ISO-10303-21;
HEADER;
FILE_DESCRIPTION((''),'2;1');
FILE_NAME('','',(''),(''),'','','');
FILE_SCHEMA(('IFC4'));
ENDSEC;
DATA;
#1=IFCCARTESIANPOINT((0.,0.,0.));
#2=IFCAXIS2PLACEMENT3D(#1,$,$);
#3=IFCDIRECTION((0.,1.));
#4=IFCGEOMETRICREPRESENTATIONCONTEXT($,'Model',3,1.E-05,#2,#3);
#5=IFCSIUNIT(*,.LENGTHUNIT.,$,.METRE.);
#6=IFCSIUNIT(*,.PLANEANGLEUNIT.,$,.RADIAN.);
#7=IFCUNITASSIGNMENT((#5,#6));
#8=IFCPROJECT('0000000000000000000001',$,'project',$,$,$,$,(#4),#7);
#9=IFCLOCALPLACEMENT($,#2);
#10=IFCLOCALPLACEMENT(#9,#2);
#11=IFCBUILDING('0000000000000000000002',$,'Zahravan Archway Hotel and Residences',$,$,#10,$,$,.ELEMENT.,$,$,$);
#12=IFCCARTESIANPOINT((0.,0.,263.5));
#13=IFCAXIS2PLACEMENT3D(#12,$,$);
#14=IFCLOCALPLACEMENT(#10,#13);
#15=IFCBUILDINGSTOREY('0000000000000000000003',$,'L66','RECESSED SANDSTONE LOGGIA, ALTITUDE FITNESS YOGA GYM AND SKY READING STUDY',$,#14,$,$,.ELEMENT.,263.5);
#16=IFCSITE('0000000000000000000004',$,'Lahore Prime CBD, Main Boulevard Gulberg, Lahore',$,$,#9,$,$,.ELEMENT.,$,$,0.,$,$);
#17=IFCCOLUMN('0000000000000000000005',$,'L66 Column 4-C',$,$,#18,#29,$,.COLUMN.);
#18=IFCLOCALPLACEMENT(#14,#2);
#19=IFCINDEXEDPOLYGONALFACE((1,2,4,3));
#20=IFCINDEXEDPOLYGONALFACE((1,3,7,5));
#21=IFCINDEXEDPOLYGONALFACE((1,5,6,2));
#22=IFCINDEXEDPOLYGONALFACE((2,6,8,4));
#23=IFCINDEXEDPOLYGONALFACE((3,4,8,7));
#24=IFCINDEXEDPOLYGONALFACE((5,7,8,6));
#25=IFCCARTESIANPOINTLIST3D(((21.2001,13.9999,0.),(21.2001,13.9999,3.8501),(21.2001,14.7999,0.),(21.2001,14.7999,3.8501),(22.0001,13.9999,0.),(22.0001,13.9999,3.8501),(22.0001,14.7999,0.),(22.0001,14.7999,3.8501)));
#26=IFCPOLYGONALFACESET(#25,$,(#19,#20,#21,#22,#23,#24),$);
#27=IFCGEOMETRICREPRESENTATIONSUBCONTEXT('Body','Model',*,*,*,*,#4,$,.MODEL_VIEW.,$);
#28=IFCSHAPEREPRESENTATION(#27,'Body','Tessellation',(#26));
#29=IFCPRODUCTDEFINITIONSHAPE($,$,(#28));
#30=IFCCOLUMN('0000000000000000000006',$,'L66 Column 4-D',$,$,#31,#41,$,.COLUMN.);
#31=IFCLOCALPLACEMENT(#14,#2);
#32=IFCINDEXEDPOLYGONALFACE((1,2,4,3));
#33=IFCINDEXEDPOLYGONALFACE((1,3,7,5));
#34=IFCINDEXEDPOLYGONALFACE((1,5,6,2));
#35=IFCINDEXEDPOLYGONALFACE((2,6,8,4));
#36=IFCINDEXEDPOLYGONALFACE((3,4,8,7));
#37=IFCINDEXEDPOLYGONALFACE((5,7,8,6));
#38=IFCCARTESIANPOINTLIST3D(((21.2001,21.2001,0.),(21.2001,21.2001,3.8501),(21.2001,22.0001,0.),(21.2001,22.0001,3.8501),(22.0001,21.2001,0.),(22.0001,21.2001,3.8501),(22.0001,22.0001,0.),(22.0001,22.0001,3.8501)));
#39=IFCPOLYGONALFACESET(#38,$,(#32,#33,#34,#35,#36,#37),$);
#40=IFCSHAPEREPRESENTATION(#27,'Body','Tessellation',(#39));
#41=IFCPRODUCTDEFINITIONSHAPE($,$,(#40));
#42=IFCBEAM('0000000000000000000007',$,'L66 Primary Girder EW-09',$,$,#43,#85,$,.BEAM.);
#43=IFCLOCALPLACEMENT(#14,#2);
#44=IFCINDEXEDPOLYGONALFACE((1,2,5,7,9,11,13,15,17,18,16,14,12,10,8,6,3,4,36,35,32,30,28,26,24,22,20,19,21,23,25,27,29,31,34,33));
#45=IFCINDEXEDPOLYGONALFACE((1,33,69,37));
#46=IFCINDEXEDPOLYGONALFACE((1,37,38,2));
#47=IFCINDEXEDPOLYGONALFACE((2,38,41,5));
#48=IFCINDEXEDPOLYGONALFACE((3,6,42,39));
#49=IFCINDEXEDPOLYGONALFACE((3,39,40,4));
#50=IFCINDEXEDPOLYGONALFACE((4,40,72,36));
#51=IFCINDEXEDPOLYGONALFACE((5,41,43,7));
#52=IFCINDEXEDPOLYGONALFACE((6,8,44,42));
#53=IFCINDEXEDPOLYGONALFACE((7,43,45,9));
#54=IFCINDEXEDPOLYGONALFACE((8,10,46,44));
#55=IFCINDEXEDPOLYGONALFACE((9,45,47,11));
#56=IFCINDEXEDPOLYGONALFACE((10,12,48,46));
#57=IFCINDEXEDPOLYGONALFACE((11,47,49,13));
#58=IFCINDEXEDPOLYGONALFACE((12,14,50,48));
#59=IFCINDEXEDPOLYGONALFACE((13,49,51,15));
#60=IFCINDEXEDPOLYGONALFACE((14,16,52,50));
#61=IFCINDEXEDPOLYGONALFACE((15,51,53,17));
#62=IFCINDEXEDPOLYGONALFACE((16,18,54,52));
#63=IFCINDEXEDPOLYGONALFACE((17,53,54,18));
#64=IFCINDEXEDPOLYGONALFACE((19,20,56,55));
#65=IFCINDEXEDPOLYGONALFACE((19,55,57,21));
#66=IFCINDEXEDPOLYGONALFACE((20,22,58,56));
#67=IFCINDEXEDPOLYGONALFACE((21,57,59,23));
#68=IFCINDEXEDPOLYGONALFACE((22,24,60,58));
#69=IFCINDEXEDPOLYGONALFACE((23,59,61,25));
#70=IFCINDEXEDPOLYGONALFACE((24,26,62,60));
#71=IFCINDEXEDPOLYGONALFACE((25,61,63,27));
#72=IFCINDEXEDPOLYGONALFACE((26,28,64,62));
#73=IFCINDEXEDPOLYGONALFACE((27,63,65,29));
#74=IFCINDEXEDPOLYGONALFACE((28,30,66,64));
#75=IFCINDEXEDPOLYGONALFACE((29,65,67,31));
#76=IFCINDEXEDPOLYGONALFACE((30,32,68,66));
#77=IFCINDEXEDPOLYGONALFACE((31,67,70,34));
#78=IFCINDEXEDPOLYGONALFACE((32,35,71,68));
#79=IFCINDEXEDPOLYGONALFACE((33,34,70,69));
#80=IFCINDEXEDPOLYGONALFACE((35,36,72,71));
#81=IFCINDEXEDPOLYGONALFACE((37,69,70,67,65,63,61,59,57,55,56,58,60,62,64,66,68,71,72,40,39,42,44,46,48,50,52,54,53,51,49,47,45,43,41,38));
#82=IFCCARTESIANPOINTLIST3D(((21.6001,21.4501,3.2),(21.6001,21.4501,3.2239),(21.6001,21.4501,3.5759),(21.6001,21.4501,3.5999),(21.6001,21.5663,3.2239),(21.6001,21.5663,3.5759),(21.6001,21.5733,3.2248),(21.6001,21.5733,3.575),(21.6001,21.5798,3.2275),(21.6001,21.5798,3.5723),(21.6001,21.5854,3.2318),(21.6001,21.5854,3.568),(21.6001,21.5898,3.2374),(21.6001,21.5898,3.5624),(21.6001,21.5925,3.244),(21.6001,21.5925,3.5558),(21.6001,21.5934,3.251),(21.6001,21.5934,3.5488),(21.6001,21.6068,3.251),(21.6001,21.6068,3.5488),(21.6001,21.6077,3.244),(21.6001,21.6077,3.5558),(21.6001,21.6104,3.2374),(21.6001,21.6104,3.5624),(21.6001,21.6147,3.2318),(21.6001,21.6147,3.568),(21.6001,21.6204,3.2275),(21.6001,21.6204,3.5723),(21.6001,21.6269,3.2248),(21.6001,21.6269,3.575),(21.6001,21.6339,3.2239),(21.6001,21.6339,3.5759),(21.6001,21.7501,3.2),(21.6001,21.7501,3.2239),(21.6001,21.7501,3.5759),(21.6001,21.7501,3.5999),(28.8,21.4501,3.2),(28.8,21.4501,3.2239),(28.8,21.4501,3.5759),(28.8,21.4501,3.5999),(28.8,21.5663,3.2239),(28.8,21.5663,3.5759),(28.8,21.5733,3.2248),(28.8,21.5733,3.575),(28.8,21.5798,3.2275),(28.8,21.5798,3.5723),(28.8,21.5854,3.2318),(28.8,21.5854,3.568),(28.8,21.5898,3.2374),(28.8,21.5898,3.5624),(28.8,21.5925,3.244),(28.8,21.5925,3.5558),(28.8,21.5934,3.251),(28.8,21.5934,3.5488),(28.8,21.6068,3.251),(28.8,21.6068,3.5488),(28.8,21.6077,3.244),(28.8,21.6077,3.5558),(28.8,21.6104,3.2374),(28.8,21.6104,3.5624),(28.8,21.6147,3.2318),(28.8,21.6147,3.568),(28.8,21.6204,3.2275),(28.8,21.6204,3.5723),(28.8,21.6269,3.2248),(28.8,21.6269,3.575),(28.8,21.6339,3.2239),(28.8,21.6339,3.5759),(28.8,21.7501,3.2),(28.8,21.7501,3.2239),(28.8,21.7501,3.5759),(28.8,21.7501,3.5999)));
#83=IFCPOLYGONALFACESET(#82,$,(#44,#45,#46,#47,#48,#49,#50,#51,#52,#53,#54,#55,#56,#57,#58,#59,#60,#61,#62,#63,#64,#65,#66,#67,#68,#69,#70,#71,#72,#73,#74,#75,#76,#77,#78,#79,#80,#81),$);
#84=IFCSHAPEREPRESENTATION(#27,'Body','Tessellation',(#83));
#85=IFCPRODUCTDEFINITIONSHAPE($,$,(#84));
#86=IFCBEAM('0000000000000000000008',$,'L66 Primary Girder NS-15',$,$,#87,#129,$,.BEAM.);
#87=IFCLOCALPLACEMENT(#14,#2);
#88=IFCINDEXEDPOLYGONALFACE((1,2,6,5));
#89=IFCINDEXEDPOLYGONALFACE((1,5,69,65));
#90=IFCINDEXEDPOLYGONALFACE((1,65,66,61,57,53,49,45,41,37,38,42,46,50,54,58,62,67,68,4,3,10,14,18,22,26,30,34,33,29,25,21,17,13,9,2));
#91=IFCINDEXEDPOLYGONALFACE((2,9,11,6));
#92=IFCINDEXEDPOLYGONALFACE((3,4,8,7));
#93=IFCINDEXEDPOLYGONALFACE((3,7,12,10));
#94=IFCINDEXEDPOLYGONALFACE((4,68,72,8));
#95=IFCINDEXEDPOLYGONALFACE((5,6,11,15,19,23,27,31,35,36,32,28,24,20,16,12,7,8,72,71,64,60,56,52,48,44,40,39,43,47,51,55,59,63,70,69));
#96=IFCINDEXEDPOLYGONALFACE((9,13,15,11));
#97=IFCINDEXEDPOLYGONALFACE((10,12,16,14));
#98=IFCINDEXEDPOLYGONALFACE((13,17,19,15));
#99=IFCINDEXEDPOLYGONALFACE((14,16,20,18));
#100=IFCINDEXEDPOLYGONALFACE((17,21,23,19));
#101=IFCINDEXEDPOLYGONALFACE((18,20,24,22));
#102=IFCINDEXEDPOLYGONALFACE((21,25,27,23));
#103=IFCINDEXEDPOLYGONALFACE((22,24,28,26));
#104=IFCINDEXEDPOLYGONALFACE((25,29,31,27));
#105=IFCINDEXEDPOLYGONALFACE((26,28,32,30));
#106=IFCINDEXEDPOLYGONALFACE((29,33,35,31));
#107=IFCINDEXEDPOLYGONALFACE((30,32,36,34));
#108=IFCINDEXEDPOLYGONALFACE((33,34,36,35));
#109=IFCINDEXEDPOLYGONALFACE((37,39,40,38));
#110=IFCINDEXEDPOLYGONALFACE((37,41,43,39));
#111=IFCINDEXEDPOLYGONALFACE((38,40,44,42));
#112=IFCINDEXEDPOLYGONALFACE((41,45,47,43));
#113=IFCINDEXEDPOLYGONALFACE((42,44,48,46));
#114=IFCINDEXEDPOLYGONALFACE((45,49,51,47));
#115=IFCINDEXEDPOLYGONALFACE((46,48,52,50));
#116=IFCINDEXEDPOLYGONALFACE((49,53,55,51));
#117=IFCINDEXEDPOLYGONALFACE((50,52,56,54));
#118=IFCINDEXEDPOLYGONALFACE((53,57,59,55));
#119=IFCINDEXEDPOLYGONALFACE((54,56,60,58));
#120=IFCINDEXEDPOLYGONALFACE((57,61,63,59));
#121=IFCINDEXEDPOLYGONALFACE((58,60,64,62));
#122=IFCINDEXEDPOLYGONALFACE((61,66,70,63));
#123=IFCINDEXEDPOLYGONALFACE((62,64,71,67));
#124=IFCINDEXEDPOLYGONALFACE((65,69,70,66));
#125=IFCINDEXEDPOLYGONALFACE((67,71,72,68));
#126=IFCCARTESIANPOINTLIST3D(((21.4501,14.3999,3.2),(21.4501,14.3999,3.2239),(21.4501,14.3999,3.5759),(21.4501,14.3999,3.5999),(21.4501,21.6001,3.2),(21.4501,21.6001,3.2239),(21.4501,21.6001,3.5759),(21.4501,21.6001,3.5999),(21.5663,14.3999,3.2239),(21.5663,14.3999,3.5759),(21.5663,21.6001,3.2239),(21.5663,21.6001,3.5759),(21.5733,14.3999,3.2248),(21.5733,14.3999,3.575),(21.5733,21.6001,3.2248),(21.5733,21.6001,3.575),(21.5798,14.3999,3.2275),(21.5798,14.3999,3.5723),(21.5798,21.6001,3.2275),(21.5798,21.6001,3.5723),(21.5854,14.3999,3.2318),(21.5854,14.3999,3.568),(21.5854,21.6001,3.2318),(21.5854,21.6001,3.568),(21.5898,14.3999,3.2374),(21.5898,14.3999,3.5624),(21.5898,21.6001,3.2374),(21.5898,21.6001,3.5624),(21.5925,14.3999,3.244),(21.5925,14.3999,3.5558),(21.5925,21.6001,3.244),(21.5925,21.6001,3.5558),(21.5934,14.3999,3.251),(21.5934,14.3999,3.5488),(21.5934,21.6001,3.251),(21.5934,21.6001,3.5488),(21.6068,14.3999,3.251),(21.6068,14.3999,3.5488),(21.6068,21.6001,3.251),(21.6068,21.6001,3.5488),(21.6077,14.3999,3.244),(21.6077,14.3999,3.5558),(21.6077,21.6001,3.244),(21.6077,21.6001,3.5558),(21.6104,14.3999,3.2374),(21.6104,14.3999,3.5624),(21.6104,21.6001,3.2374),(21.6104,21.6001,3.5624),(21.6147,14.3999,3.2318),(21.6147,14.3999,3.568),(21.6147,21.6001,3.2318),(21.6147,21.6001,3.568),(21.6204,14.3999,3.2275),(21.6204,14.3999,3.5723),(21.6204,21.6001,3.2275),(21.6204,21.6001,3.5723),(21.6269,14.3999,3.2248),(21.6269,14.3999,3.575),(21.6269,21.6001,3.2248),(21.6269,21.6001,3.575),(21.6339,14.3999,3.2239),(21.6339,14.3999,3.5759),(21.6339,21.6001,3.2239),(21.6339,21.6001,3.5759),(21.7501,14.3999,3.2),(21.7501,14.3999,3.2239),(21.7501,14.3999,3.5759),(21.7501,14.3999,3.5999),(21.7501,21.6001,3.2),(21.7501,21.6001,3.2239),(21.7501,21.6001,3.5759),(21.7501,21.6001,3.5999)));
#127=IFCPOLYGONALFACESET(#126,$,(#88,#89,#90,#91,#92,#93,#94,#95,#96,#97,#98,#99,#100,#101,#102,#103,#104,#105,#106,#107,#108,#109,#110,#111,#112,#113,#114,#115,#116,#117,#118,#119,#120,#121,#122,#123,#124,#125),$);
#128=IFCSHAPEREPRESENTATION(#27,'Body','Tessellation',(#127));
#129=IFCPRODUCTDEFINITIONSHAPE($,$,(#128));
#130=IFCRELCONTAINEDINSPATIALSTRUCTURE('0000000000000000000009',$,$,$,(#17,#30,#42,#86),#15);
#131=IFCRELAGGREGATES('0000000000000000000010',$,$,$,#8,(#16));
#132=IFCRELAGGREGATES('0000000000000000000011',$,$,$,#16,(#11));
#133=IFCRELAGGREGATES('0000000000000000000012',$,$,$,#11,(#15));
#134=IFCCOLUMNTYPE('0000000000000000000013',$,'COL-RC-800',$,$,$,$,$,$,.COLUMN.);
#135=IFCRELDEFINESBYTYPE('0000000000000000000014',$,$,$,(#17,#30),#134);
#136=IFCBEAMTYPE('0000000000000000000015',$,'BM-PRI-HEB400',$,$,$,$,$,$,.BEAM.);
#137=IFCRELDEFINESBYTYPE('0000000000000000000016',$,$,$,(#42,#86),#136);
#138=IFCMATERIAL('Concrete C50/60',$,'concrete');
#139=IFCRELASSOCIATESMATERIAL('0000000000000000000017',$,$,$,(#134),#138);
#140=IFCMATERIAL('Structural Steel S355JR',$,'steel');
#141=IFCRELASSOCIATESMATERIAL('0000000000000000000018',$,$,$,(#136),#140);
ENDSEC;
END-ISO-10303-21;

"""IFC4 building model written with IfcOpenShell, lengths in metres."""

from ifc_helpers import new_model, si_unit, direction, frame, origin, origin_2d, place, context, subcontext, project, spatial, rectangle, i_section, extrude, source, transform, mapped, material, material_profile, profile_set, type_object, type_shapes, element, save


model = new_model("IFC4")

# Units and contexts
model_context = context("Model", 3, precision=1e-05, world=origin(), true_north=direction((0.0, 1.0)))
body_context = subcontext(model_context, "Body", "Model", "MODEL_VIEW")
ifc_project = project(units=[si_unit("LENGTHUNIT", "METRE"), si_unit("PLANEANGLEUNIT", "RADIAN")], contexts=[model_context])

# Site, building, storey
site_placement = place(None, origin())
site = spatial("IfcSite", under=ifc_project, at=site_placement, Name="Lahore Prime CBD, Main Boulevard Gulberg, Lahore", CompositionType="ELEMENT", RefElevation=0.0)
building_placement = place(site_placement, origin())
building = spatial("IfcBuilding", under=site, at=building_placement, Name="Zahravan Archway Hotel and Residences", CompositionType="ELEMENT")
storey_placement = place(building_placement, frame((0.0, 0.0, 263.5)))
storey = spatial("IfcBuildingStorey", under=building, at=storey_placement, Name="L66", Description="RECESSED SANDSTONE LOGGIA, ALTITUDE FITNESS YOGA GYM AND SKY READING STUDY", CompositionType="ELEMENT", Elevation=263.5)

# Columns
ifc_material_1 = material(Name="Concrete C50/60", Category="concrete")
ifc_material_profile_1 = material_profile(ifc_material_1, rectangle(XDim=0.8, YDim=0.8, at=origin_2d()), Name="RC-COL-800x800", Category="concrete")
ifc_profile_set_1 = profile_set([ifc_material_profile_1], Name="Concrete C50/60")
column_type = type_object("IfcColumnType", Name="COL-RC-800", PredefinedType="COLUMN", material=ifc_profile_set_1)
shared_shape_1 = source(origin(), body_context, "Body", "SweptSolid", [
    extrude(rectangle(XDim=0.8, YDim=0.8, at=origin_2d()), origin(), (0.0, 0.0, 1.0), 3.8501),
])
for number, where, z_axis, x_axis, name in (
    (1, (21.6001, 14.3999, 0.0), (0.0, 0.0, 1.0), (1.0, 0.0, 0.0), "L66 Column 4-C"),
    (2, (21.6001, 21.6001, 0.0), (0.0, 0.0, 1.0), (1.0, 0.0, 0.0), "L66 Column 4-D"),
):
    element("IfcColumn", number, at=place(storey_placement, frame(where, z_axis=z_axis, x_axis=x_axis)), inside=storey, type_object=column_type, Name=name, PredefinedType="COLUMN", context=body_context, shape_type="MappedRepresentation", body=[
        mapped(shared_shape_1, transform((0.0, 0.0, 0.0), scale=1.0)),
    ])

# Beams
ifc_material_2 = material(Name="Structural Steel S355JR", Category="steel")
ifc_material_profile_2 = material_profile(ifc_material_2, i_section(OverallWidth=0.3, OverallDepth=0.3999, WebThickness=0.0134, FlangeThickness=0.0239, FilletRadius=0.0271, at=origin_2d()), Name="HEB 400", Category="steel")
ifc_profile_set_2 = profile_set([ifc_material_profile_2], Name="Structural Steel S355JR")
beam_type = type_object("IfcBeamType", Name="BM-PRI-HEB400", PredefinedType="BEAM", material=ifc_profile_set_2)
shared_shape_2 = source(origin(), body_context, "Body", "SweptSolid", [
    extrude(i_section(OverallWidth=0.3, OverallDepth=0.3999, WebThickness=0.0134, FlangeThickness=0.0239, FilletRadius=0.0271, at=origin_2d()), origin(), (0.0, 0.0, 1.0), 7.2),
])
type_shapes(beam_type, [shared_shape_2])
beam_1_placement = place(storey_placement, frame((21.6001, 21.6001, 3.3999), z_axis=(1.0, 0.0, 0.0), x_axis=(0.0, 1.0, 0.0)))
element("IfcBeam", 3, at=beam_1_placement, inside=storey, type_object=beam_type, Name="L66 Primary Girder EW-09", PredefinedType="BEAM", context=body_context, shape_type="MappedRepresentation", body=[
    mapped(shared_shape_2, transform((0.0, 0.0, 0.0), scale=1.0)),
])
shared_shape_3 = source(origin(), body_context, "Body", "SweptSolid", [
    extrude(i_section(OverallWidth=0.3, OverallDepth=0.3999, WebThickness=0.0134, FlangeThickness=0.0239, FilletRadius=0.0271, at=origin_2d()), origin(), (0.0, 0.0, 1.0), 7.2002),
])
beam_2_placement = place(storey_placement, frame((21.6001, 14.3999, 3.3999), z_axis=(0.0, 1.0, 0.0), x_axis=(-1.0, 0.0, 0.0)))
element("IfcBeam", 4, at=beam_2_placement, inside=storey, type_object=beam_type, Name="L66 Primary Girder NS-15", PredefinedType="BEAM", context=body_context, shape_type="MappedRepresentation", body=[
    mapped(shared_shape_3, transform((0.0, 0.0, 0.0), scale=1.0)),
])

save(model, "model.ifc")
